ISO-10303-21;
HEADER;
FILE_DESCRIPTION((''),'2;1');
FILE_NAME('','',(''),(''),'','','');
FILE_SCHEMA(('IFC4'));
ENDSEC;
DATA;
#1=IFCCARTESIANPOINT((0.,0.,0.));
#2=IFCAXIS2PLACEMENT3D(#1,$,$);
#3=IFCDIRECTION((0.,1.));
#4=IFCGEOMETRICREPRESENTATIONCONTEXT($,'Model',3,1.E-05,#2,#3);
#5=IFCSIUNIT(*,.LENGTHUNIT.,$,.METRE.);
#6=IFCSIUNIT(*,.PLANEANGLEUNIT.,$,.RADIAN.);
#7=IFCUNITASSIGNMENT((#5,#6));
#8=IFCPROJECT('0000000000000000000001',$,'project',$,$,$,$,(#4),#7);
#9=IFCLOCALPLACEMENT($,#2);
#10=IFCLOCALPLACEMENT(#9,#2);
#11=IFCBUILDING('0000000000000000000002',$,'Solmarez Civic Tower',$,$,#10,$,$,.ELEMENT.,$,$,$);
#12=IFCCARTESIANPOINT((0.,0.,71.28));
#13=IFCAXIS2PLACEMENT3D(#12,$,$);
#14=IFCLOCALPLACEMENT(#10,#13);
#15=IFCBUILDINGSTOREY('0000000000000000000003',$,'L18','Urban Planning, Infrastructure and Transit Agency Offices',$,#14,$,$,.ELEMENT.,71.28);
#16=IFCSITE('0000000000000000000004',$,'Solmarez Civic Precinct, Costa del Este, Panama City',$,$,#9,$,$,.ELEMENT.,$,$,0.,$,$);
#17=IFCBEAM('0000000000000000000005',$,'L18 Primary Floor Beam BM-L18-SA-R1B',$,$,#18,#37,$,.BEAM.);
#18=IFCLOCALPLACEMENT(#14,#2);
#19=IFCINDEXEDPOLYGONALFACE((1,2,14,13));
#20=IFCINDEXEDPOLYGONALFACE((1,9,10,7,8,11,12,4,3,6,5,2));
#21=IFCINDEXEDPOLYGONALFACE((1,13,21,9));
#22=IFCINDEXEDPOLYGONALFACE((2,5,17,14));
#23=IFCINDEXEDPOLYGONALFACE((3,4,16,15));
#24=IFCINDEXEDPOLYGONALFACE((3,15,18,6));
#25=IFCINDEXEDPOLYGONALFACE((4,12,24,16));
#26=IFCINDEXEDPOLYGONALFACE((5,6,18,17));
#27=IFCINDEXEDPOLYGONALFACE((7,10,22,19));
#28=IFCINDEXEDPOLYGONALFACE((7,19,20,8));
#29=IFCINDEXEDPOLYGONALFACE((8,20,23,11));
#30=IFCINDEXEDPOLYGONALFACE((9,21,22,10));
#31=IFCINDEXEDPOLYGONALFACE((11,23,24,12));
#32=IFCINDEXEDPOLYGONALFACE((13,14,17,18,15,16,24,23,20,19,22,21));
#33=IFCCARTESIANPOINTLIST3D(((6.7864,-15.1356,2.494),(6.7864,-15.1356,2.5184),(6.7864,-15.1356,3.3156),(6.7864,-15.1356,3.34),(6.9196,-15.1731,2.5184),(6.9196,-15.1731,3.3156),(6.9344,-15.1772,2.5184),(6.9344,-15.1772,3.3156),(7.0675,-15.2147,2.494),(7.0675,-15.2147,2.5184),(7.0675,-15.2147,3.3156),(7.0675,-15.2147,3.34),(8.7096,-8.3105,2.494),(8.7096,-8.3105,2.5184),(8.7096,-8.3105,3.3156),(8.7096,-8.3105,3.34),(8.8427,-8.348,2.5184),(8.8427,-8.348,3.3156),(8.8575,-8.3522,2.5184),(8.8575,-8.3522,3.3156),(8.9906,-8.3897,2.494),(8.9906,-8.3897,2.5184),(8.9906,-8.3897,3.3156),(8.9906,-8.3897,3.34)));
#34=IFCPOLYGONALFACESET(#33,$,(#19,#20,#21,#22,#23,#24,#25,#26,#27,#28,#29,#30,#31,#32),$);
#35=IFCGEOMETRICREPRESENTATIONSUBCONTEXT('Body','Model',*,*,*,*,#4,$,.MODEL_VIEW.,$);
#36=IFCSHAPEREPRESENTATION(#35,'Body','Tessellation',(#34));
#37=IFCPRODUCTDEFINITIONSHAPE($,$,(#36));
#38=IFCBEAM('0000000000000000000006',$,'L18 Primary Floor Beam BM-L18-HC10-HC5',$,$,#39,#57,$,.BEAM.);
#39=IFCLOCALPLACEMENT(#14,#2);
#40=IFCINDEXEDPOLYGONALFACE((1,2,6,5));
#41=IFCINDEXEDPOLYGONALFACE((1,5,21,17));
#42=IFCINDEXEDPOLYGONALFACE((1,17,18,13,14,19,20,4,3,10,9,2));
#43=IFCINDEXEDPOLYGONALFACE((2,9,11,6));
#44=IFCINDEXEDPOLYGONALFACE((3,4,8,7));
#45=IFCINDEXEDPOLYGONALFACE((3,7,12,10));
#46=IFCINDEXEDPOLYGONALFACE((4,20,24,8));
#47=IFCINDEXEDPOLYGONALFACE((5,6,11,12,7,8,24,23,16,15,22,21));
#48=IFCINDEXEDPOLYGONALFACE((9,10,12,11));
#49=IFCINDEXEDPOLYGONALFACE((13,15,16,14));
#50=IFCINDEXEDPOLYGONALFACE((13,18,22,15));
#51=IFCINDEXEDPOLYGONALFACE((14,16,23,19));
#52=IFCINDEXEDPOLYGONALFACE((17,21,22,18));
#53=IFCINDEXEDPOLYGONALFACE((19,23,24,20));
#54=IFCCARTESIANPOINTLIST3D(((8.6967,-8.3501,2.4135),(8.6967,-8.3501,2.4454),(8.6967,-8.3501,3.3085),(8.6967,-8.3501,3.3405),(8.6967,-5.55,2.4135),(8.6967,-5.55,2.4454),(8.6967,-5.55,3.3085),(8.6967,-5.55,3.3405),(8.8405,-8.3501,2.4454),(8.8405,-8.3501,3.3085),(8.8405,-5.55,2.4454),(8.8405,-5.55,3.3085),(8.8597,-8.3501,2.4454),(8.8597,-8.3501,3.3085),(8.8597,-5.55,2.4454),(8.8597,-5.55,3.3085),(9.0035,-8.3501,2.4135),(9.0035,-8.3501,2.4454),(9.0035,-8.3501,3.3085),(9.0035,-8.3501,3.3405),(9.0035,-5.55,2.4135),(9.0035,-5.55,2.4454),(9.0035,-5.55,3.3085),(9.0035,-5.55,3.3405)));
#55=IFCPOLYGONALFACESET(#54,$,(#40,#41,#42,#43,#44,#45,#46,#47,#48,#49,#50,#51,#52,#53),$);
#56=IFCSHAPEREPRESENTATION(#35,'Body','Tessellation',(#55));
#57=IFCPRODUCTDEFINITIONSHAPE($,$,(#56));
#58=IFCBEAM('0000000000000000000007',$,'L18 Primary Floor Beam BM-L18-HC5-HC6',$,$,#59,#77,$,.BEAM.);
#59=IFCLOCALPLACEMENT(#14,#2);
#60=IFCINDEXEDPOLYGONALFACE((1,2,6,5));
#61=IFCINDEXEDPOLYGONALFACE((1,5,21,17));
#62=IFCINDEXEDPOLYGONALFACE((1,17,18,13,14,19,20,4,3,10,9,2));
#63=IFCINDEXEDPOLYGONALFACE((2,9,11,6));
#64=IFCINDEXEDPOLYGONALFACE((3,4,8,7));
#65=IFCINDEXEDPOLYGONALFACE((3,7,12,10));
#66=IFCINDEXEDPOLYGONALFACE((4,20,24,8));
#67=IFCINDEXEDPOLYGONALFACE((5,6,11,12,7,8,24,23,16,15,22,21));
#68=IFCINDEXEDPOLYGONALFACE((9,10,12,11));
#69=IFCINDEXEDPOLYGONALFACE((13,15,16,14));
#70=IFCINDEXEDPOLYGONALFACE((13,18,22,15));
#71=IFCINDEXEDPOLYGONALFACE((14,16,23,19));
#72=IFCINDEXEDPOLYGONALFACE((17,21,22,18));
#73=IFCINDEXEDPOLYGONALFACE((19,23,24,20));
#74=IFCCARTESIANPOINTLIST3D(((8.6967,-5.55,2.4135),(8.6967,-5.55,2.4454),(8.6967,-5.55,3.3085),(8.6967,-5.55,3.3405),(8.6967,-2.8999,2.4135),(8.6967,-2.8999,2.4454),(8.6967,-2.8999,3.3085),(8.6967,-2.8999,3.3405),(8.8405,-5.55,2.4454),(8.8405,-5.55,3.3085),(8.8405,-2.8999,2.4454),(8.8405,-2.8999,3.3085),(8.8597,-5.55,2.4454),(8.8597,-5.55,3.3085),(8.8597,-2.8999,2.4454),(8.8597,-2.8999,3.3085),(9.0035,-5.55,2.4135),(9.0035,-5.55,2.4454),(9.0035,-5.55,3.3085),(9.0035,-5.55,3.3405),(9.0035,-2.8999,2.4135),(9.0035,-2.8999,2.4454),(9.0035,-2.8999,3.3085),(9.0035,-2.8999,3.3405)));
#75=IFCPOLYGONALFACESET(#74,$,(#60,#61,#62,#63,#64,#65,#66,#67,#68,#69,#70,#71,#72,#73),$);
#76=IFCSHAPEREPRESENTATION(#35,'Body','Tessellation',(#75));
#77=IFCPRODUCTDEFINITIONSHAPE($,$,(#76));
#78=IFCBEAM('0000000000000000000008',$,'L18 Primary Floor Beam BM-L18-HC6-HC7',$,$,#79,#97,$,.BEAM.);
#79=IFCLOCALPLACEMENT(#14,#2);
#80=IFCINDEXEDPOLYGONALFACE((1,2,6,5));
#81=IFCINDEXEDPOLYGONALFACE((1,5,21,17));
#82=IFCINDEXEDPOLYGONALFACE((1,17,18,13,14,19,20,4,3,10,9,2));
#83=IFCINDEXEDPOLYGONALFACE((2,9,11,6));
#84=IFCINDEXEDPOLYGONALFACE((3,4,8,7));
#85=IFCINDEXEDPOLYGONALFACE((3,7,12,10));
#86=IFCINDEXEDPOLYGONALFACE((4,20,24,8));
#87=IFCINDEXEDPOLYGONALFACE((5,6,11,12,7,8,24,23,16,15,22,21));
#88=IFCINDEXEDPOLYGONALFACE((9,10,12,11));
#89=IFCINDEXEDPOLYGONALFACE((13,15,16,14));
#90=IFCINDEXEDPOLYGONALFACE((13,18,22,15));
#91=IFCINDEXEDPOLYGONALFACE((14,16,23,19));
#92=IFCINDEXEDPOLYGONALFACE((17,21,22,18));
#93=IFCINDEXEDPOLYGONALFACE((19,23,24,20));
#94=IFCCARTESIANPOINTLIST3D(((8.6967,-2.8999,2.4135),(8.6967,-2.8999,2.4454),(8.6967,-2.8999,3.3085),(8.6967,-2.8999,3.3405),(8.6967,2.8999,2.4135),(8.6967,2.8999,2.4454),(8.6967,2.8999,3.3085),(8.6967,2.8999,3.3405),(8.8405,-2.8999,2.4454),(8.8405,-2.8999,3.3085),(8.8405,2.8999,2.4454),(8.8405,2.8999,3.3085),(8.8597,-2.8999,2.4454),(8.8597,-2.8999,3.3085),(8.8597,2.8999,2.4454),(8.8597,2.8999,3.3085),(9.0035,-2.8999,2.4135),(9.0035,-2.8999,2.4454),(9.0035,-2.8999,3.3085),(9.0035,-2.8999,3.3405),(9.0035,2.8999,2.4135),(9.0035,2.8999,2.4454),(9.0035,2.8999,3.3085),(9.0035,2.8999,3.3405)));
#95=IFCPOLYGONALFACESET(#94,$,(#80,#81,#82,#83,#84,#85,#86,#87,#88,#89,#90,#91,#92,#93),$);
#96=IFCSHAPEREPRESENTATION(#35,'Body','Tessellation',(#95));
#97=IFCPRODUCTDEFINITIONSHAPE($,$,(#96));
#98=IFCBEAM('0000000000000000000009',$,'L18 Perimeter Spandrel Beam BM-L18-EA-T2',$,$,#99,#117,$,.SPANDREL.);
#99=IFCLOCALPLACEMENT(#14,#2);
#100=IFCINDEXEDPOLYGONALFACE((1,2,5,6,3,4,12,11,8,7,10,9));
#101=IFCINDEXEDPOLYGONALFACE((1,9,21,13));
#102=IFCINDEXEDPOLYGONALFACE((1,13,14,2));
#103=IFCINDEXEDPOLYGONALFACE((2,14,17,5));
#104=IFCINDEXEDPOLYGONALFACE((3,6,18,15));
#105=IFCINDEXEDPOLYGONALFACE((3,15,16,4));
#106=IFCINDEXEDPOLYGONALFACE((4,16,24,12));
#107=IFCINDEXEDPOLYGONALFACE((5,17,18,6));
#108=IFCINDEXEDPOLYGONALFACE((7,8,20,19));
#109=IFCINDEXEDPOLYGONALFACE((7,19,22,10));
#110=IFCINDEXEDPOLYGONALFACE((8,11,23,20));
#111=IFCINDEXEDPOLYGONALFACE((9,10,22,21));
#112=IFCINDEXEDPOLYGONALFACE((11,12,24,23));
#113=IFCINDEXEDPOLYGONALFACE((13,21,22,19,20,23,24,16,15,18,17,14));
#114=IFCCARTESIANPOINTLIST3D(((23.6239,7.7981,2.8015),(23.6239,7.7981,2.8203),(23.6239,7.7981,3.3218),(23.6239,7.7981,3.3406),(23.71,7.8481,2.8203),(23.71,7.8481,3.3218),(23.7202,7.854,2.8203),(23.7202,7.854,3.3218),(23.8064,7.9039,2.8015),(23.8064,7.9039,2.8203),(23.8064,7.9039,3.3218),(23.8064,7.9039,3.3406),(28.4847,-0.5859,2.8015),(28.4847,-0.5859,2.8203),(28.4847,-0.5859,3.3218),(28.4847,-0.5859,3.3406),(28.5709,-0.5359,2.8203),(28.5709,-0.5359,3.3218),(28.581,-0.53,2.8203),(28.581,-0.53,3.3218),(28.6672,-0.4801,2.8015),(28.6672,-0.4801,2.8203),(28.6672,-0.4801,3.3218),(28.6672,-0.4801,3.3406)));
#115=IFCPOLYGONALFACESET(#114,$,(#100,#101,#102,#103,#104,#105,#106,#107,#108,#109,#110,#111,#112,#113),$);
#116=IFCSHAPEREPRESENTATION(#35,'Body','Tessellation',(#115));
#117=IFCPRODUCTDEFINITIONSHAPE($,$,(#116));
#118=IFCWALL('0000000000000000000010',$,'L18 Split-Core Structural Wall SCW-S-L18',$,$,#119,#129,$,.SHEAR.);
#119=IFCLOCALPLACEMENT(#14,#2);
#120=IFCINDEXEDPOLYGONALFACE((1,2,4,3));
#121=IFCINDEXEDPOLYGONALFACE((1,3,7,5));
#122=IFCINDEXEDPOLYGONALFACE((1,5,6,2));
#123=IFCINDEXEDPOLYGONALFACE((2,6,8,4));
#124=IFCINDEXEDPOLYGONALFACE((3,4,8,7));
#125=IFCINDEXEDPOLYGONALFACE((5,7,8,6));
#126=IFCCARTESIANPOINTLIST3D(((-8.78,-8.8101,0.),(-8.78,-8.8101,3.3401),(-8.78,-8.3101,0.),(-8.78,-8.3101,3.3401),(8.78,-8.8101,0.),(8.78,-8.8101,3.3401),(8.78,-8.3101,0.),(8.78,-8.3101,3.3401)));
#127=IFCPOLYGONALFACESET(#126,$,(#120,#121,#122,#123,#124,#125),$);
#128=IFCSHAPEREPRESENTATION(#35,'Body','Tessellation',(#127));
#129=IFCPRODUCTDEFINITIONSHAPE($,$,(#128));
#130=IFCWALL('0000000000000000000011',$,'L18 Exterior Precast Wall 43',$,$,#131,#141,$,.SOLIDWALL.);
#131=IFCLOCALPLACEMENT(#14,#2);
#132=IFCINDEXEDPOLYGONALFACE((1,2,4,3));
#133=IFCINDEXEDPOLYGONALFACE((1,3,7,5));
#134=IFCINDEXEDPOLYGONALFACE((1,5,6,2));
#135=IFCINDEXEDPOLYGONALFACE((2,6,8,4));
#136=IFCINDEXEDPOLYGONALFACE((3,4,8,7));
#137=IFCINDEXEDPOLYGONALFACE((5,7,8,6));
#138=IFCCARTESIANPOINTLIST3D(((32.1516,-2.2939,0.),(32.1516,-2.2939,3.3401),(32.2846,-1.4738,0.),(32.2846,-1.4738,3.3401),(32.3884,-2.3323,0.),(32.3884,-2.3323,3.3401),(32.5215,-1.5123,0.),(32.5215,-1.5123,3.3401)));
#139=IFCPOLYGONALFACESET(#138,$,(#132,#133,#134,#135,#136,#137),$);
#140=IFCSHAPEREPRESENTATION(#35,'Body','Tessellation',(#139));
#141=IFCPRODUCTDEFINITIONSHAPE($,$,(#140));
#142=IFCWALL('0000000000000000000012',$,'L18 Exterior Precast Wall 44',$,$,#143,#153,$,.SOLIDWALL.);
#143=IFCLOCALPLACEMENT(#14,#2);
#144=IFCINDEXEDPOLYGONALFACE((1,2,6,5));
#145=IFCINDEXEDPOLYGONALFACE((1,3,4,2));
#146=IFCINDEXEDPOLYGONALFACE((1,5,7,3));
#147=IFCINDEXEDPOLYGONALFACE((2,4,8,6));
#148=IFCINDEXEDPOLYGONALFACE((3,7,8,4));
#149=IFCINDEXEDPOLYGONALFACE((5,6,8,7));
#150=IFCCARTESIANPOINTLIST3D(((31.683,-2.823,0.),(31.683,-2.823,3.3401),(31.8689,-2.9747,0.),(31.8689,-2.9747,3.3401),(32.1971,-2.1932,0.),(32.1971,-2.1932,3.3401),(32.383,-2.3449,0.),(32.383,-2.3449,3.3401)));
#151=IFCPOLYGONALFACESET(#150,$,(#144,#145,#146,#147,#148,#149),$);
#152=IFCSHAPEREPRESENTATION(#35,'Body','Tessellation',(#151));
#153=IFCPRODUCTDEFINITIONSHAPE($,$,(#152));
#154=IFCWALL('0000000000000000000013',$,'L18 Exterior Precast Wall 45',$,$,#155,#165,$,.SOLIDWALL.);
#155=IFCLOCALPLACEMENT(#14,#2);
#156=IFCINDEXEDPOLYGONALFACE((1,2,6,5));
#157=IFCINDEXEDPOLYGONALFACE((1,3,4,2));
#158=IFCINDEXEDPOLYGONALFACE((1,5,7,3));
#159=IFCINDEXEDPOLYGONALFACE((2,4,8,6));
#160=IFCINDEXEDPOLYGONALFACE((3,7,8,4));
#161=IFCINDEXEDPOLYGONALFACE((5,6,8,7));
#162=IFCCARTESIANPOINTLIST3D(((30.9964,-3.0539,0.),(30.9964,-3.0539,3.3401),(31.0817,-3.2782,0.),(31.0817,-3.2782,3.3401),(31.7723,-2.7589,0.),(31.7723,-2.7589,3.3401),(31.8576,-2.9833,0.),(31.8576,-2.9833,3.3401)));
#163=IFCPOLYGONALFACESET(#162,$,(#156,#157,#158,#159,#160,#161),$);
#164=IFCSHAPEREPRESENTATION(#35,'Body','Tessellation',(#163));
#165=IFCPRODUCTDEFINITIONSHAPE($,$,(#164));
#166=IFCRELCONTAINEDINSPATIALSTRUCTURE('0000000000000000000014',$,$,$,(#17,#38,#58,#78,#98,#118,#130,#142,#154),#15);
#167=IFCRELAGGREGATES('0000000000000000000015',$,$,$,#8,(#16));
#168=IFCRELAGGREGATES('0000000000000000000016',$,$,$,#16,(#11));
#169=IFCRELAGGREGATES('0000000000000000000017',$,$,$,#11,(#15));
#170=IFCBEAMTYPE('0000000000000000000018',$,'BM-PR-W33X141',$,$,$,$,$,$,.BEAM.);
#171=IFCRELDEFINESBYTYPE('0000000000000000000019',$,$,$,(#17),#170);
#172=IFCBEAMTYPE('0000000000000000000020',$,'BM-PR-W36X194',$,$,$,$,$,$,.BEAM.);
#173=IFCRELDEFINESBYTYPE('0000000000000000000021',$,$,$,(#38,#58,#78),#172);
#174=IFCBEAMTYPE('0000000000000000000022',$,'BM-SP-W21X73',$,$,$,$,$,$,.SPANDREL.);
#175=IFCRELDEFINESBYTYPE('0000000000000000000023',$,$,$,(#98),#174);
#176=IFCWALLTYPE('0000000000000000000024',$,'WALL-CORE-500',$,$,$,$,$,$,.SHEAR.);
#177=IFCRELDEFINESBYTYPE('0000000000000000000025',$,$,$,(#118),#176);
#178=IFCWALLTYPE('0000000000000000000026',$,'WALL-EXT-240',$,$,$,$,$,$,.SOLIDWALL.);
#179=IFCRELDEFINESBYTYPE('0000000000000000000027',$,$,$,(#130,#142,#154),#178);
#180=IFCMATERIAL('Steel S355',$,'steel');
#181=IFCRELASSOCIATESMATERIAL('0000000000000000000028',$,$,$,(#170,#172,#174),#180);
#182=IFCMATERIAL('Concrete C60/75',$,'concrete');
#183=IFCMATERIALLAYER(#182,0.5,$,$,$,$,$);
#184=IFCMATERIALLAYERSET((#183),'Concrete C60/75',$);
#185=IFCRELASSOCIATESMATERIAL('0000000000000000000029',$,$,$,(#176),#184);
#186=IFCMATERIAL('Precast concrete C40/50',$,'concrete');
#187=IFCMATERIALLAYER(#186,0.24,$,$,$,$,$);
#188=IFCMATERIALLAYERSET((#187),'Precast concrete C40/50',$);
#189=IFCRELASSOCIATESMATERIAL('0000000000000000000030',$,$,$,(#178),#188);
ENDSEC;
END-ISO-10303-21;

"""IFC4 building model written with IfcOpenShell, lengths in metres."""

from ifc_helpers import new_model, si_unit, direction, frame, frame_2d, origin, origin_2d, place, context, subcontext, project, spatial, rectangle, i_section, extrude, material, layer, layer_set, material_profile, profile_set, type_object, element, save


model = new_model("IFC4")

# Units and contexts
model_context = context("Model", 3, precision=1e-05, world=origin(), true_north=direction((0.0, 1.0)))
body_context = subcontext(model_context, "Body", "Model", "MODEL_VIEW")
ifc_project = project(units=[si_unit("LENGTHUNIT", "METRE"), si_unit("PLANEANGLEUNIT", "RADIAN")], contexts=[model_context])

# Site, building, storey
site_placement = place(None, origin())
site = spatial("IfcSite", under=ifc_project, at=site_placement, Name="Solmarez Civic Precinct, Costa del Este, Panama City", CompositionType="ELEMENT", RefElevation=0.0)
building_placement = place(site_placement, origin())
building = spatial("IfcBuilding", under=site, at=building_placement, Name="Solmarez Civic Tower", CompositionType="ELEMENT")
storey_placement = place(building_placement, frame((0.0, 0.0, 71.28)))
storey = spatial("IfcBuildingStorey", under=building, at=storey_placement, Name="L18", Description="Urban Planning, Infrastructure and Transit Agency Offices", CompositionType="ELEMENT", Elevation=71.28)

# Shared definitions
ifc_material_1 = material(Name="Concrete C60/75", Category="concrete")

# Beams
ifc_material_2 = material(Name="Steel S355", Category="steel")
ifc_material_profile_1 = material_profile(ifc_material_2, i_section(OverallWidth=0.292, OverallDepth=0.8459, WebThickness=0.0154, FlangeThickness=0.0244, at=origin_2d()), Name="W33X141")
ifc_profile_set_1 = profile_set([ifc_material_profile_1], Name="Steel S355")
beam_type_1 = type_object("IfcBeamType", Name="BM-PR-W33X141", PredefinedType="BEAM", material=ifc_profile_set_1)
beam_1_placement = place(storey_placement, frame((8.8501, -8.3501, 2.917), z_axis=(-0.271213, -0.962519, 0.0), x_axis=(0.962519, -0.271213, 0.0)))
element("IfcBeam", 1, at=beam_1_placement, inside=storey, type_object=beam_type_1, Name="L18 Primary Floor Beam BM-L18-SA-R1B", PredefinedType="BEAM", context=body_context, shape_type="SweptSolid", body=[
    extrude(i_section(OverallWidth=0.292, OverallDepth=0.8459, WebThickness=0.0154, FlangeThickness=0.0244, at=origin_2d()), origin(), (0.0, 0.0, 1.0), 7.0908),
])
ifc_material_profile_2 = material_profile(ifc_material_2, i_section(OverallWidth=0.3069, OverallDepth=0.927, WebThickness=0.0193, FlangeThickness=0.032, at=origin_2d()), Name="W36X194")
ifc_profile_set_2 = profile_set([ifc_material_profile_2], Name="Steel S355")
beam_type_2 = type_object("IfcBeamType", Name="BM-PR-W36X194", PredefinedType="BEAM", material=ifc_profile_set_2)
beam_2_placement = place(storey_placement, frame((8.8501, -8.3501, 2.877), z_axis=(0.0, 1.0, 0.0), x_axis=(-1.0, 0.0, 0.0)))
element("IfcBeam", 2, at=beam_2_placement, inside=storey, type_object=beam_type_2, Name="L18 Primary Floor Beam BM-L18-HC10-HC5", PredefinedType="BEAM", context=body_context, shape_type="SweptSolid", body=[
    extrude(i_section(OverallWidth=0.3069, OverallDepth=0.927, WebThickness=0.0193, FlangeThickness=0.032, at=origin_2d()), origin(), (0.0, 0.0, 1.0), 2.8),
])
beam_3_placement = place(storey_placement, frame((8.8501, -5.55, 2.877), z_axis=(0.0, 1.0, 0.0), x_axis=(-1.0, 0.0, 0.0)))
element("IfcBeam", 3, at=beam_3_placement, inside=storey, type_object=beam_type_2, Name="L18 Primary Floor Beam BM-L18-HC5-HC6", PredefinedType="BEAM", context=body_context, shape_type="SweptSolid", body=[
    extrude(i_section(OverallWidth=0.3069, OverallDepth=0.927, WebThickness=0.0193, FlangeThickness=0.032, at=origin_2d()), origin(), (0.0, 0.0, 1.0), 2.6501),
])
beam_4_placement = place(storey_placement, frame((8.8501, -2.8999, 2.877), z_axis=(0.0, 1.0, 0.0), x_axis=(-1.0, 0.0, 0.0)))
element("IfcBeam", 4, at=beam_4_placement, inside=storey, type_object=beam_type_2, Name="L18 Primary Floor Beam BM-L18-HC6-HC7", PredefinedType="BEAM", context=body_context, shape_type="SweptSolid", body=[
    extrude(i_section(OverallWidth=0.3069, OverallDepth=0.927, WebThickness=0.0193, FlangeThickness=0.032, at=origin_2d()), origin(), (0.0, 0.0, 1.0), 5.7998),
])
ifc_material_profile_3 = material_profile(ifc_material_2, i_section(OverallWidth=0.2109, OverallDepth=0.5391, WebThickness=0.0117, FlangeThickness=0.0188, at=origin_2d()), Name="W21X73")
ifc_profile_set_3 = profile_set([ifc_material_profile_3], Name="Steel S355")
beam_type_3 = type_object("IfcBeamType", Name="BM-SP-W21X73", PredefinedType="SPANDREL", material=ifc_profile_set_3)
beam_5_placement = place(storey_placement, frame((28.5759, -0.533, 3.071), z_axis=(-0.501571, 0.865116, 0.0), x_axis=(-0.865116, -0.501571, 0.0)))
element("IfcBeam", 5, at=beam_5_placement, inside=storey, type_object=beam_type_3, Name="L18 Perimeter Spandrel Beam BM-L18-EA-T2", PredefinedType="SPANDREL", context=body_context, shape_type="SweptSolid", body=[
    extrude(i_section(OverallWidth=0.2109, OverallDepth=0.5391, WebThickness=0.0117, FlangeThickness=0.0188, at=origin_2d()), origin(), (0.0, 0.0, 1.0), 9.6912),
])

# Walls
ifc_layer_1 = layer(ifc_material_1, 0.5)
ifc_layer_set_1 = layer_set([ifc_layer_1], Name="Concrete C60/75")
wall_type_1 = type_object("IfcWallType", Name="WALL-CORE-500", PredefinedType="SHEAR", material=ifc_layer_set_1)
wall_1_placement = place(storey_placement, frame((8.78, -8.5601, 0.0), z_axis=(0.0, 0.0, 1.0), x_axis=(-1.0, 0.0, 0.0)))
element("IfcWall", 6, at=wall_1_placement, inside=storey, type_object=wall_type_1, Name="L18 Split-Core Structural Wall SCW-S-L18", PredefinedType="SHEAR", context=body_context, shape_type="SweptSolid", body=[
    extrude(rectangle(XDim=17.5601, YDim=0.5, at=frame_2d((8.78, 0.0))), origin(), (0.0, 0.0, 1.0), 3.3401),
])
ifc_material_3 = material(Name="Precast concrete C40/50", Category="concrete")
ifc_layer_2 = layer(ifc_material_3, 0.24)
ifc_layer_set_2 = layer_set([ifc_layer_2], Name="Precast concrete C40/50")
wall_type_2 = type_object("IfcWallType", Name="WALL-EXT-240", PredefinedType="SOLIDWALL", material=ifc_layer_set_2)
wall_2_placement = place(storey_placement, frame((32.4031, -1.4929, 0.0), z_axis=(0.0, 0.0, 1.0), x_axis=(-0.160156, -0.987092, 0.0)))
element("IfcWall", 7, at=wall_2_placement, inside=storey, type_object=wall_type_2, Name="L18 Exterior Precast Wall 43", PredefinedType="SOLIDWALL", context=body_context, shape_type="SweptSolid", body=[
    extrude(rectangle(XDim=0.8308, YDim=0.24, at=frame_2d((0.4155, 0.0))), origin(), (0.0, 0.0, 1.0), 3.3401),
])
wall_3_placement = place(storey_placement, frame((32.29, -2.269, 0.0), z_axis=(0.0, 0.0, 1.0), x_axis=(-0.632354, -0.774679, 0.0)))
element("IfcWall", 8, at=wall_3_placement, inside=storey, type_object=wall_type_2, Name="L18 Exterior Precast Wall 44", PredefinedType="SOLIDWALL", context=body_context, shape_type="SweptSolid", body=[
    extrude(rectangle(XDim=0.813, YDim=0.24, at=frame_2d((0.4065, 0.0))), origin(), (0.0, 0.0, 1.0), 3.3401),
])
wall_4_placement = place(storey_placement, frame((31.8149, -2.8711, 0.0), z_axis=(0.0, 0.0, 1.0), x_axis=(-0.934748, -0.35531, 0.0)))
element("IfcWall", 9, at=wall_4_placement, inside=storey, type_object=wall_type_2, Name="L18 Exterior Precast Wall 45", PredefinedType="SOLIDWALL", context=body_context, shape_type="SweptSolid", body=[
    extrude(rectangle(XDim=0.8301, YDim=0.24, at=frame_2d((0.415, 0.0))), origin(), (0.0, 0.0, 1.0), 3.3401),
])

save(model, "model.ifc")
